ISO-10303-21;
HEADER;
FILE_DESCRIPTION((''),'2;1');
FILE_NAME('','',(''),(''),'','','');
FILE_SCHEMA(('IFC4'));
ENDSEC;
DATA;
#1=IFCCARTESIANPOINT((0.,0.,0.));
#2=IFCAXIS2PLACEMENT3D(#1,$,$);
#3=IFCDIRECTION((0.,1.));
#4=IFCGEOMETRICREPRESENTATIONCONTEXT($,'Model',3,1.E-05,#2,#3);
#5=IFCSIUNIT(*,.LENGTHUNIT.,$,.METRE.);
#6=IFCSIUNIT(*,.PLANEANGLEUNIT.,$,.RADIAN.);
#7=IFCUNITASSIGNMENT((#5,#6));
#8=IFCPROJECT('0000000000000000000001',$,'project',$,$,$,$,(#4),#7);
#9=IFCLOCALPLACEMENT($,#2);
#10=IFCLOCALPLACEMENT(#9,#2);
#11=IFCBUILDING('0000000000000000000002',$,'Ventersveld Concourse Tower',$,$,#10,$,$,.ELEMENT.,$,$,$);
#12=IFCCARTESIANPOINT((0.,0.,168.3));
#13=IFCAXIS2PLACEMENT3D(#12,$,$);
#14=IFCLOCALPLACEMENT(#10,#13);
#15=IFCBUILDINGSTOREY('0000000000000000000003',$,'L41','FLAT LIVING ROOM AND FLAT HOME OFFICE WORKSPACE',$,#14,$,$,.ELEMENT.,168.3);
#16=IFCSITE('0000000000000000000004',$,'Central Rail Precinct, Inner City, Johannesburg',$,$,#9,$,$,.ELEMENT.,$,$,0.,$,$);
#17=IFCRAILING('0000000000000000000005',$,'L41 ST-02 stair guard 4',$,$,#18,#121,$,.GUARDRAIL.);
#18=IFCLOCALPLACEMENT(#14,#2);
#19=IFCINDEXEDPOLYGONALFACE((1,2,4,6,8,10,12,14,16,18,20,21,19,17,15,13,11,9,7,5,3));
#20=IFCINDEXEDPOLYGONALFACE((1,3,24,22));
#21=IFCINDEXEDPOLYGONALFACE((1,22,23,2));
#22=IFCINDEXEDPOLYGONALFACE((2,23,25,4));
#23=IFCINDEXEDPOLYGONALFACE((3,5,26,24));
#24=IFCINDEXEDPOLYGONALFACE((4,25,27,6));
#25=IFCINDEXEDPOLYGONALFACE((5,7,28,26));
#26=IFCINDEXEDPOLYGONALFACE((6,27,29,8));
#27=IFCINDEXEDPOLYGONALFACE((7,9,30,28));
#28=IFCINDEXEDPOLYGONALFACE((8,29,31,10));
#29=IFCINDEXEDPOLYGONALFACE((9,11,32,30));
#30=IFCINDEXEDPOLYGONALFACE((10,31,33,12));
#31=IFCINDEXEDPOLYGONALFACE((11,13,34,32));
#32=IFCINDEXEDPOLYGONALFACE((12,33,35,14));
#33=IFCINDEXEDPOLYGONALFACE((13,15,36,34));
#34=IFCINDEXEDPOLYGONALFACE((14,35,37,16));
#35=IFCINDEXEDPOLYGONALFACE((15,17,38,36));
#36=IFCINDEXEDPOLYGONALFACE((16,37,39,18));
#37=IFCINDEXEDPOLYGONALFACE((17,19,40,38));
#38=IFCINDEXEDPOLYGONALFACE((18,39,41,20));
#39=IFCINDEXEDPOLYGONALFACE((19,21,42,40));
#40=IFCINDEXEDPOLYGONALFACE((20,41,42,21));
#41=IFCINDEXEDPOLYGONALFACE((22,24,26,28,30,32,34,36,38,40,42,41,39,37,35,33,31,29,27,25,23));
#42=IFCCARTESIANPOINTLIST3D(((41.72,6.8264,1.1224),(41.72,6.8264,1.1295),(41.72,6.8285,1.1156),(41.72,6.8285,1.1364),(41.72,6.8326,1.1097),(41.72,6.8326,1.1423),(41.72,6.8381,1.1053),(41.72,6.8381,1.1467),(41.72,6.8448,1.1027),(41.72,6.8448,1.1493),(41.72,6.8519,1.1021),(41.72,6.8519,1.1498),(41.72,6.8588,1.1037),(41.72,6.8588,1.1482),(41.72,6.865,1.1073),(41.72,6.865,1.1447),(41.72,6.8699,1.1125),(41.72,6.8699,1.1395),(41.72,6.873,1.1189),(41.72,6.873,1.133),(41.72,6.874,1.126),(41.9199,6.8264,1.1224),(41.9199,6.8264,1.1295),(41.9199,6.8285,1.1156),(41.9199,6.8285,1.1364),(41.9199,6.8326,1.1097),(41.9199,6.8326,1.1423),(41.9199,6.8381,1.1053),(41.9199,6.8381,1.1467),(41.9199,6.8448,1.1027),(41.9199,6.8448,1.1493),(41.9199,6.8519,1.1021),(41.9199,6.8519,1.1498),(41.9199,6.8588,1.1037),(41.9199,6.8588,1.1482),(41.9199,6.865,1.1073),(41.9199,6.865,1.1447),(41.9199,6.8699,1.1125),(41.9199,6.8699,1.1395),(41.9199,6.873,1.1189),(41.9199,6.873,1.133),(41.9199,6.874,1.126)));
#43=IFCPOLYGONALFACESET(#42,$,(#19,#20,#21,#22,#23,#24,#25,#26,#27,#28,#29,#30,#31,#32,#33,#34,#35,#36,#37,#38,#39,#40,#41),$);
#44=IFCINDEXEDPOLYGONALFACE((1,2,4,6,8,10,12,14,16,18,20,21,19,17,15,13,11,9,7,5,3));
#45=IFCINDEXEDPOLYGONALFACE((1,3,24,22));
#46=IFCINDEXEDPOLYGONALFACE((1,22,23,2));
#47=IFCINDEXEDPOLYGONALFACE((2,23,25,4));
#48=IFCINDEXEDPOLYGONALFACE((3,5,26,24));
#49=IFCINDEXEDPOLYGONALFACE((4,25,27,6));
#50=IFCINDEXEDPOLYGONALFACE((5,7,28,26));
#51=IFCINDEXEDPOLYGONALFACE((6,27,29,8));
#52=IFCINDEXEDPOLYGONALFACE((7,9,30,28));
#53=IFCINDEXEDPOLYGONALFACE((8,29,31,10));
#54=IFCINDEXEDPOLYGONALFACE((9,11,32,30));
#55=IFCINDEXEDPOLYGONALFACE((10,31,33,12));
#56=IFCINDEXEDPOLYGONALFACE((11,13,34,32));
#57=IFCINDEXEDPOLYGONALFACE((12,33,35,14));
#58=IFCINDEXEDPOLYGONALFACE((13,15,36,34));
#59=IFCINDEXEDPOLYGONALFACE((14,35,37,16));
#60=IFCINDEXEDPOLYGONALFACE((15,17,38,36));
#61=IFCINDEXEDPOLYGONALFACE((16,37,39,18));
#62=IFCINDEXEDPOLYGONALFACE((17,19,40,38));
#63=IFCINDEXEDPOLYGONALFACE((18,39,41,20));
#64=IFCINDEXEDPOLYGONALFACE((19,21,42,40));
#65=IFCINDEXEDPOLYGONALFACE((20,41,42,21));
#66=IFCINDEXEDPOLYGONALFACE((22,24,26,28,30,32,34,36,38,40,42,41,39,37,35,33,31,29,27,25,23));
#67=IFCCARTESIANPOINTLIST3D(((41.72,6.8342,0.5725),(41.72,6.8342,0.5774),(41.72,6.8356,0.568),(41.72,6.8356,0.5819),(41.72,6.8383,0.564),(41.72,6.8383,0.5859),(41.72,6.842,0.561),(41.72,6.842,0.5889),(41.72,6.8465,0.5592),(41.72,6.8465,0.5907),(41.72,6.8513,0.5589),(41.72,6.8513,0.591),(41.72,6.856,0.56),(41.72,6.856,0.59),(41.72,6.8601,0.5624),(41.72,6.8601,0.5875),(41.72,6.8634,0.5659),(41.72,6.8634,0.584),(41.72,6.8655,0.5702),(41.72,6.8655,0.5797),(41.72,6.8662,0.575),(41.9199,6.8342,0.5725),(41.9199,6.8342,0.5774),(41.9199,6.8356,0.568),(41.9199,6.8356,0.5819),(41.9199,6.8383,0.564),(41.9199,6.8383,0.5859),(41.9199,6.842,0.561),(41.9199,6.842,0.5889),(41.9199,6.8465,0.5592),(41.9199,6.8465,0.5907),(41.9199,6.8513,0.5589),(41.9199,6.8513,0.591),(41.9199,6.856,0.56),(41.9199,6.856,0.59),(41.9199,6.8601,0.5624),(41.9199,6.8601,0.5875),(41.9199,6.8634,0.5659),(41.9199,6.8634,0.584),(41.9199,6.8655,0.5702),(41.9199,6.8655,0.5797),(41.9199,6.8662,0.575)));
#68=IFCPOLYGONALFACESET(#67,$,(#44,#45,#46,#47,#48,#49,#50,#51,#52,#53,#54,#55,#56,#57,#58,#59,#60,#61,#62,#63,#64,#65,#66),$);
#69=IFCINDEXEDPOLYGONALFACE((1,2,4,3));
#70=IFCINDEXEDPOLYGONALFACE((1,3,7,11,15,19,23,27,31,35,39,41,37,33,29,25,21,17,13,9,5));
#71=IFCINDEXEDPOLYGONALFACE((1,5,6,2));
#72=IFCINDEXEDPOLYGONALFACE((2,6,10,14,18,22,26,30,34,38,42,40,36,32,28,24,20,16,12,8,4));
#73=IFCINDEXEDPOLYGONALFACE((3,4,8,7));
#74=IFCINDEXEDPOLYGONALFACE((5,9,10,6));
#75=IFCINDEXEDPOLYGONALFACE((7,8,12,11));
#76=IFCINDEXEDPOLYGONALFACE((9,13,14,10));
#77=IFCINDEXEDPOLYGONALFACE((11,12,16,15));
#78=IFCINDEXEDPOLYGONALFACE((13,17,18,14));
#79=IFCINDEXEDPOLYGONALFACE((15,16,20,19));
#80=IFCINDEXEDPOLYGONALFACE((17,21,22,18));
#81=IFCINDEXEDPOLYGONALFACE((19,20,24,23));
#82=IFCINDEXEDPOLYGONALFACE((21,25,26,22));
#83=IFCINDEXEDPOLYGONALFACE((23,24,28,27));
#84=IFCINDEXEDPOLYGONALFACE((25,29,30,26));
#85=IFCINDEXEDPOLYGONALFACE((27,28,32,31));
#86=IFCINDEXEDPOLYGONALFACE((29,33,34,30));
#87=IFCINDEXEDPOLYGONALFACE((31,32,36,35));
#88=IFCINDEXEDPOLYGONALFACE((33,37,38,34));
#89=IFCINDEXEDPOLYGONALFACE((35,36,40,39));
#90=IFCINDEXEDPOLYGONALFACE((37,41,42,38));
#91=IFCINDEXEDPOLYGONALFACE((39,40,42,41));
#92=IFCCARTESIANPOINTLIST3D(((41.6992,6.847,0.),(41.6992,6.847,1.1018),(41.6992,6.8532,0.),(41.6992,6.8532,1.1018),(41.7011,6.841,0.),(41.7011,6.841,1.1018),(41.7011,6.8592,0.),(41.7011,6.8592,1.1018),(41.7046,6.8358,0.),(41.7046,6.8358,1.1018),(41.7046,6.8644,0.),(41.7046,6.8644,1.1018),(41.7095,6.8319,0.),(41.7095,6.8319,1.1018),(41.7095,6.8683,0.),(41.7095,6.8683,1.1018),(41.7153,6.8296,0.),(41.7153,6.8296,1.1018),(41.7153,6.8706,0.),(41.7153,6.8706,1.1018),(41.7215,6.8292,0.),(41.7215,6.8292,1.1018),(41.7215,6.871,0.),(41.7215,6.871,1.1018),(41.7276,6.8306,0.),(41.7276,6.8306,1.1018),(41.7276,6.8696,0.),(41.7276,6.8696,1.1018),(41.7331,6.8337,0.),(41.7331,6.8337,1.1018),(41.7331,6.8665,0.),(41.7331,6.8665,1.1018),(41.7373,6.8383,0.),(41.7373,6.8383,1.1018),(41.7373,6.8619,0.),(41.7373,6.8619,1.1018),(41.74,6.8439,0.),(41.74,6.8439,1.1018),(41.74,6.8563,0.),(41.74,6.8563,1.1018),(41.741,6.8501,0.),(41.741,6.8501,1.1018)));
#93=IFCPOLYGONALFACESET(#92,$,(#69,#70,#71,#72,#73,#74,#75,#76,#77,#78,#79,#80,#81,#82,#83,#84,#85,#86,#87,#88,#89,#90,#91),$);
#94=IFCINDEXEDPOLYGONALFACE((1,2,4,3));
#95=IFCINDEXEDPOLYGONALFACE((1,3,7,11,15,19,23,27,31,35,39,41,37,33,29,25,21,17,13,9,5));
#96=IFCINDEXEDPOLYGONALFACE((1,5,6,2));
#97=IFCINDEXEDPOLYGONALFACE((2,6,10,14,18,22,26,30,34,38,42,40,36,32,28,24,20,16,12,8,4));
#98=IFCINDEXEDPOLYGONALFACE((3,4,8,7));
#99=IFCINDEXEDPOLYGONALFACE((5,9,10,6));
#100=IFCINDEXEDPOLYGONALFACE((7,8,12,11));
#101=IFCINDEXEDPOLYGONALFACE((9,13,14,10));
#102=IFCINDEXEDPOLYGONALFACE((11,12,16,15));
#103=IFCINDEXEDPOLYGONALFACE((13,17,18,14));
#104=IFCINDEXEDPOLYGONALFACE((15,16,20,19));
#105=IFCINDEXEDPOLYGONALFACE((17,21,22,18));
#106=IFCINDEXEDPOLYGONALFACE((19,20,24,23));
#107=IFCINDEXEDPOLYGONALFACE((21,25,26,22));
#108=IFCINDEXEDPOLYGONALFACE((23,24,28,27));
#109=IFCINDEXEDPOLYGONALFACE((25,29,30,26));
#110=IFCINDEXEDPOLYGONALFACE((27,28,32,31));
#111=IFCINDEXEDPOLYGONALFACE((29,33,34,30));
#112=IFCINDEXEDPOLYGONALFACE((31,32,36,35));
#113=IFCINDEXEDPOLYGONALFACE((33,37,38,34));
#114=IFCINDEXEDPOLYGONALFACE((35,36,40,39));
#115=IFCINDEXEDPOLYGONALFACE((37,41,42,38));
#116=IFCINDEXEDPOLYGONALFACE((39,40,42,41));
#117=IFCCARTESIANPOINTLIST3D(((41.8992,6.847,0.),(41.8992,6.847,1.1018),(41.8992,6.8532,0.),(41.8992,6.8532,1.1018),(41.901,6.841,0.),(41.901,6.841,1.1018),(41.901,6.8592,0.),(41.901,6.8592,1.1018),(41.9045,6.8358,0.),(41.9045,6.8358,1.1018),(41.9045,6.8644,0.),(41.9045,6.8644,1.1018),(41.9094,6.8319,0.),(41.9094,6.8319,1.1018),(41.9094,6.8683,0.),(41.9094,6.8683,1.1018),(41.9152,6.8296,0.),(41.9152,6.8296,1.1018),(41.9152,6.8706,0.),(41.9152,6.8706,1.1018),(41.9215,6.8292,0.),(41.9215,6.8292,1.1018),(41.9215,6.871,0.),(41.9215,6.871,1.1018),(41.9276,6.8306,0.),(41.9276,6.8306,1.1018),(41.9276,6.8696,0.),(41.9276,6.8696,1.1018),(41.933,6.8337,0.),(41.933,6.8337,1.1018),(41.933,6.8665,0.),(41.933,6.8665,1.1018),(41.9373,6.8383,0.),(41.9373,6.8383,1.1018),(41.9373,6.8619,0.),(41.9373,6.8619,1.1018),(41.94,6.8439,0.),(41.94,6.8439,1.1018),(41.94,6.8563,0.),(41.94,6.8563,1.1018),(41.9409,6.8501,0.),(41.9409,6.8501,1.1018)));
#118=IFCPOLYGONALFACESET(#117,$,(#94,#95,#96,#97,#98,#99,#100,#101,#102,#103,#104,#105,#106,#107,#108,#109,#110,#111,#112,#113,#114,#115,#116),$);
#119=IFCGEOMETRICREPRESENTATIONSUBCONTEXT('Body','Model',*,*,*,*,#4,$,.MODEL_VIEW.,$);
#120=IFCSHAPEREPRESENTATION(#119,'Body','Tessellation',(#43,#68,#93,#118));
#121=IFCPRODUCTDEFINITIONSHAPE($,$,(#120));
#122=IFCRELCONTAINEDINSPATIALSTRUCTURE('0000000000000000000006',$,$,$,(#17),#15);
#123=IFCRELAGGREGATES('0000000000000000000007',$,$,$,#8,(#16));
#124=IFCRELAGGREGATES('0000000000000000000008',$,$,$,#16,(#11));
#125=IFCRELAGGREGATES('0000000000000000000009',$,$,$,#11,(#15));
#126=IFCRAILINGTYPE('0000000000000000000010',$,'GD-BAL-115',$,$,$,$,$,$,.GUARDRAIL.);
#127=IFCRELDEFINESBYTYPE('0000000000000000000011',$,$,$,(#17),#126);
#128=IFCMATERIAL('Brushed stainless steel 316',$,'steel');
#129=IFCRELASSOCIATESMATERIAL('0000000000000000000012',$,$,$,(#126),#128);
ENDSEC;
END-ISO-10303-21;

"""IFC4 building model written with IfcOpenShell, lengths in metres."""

from ifc_helpers import new_model, si_unit, direction, frame, origin, origin_2d, place, context, subcontext, project, spatial, circle, extrude, material, type_object, element, save


model = new_model("IFC4")

# Units and contexts
model_context = context("Model", 3, precision=1e-05, world=origin(), true_north=direction((0.0, 1.0)))
body_context = subcontext(model_context, "Body", "Model", "MODEL_VIEW")
ifc_project = project(units=[si_unit("LENGTHUNIT", "METRE"), si_unit("PLANEANGLEUNIT", "RADIAN")], contexts=[model_context])

# Site, building, storey
site_placement = place(None, origin())
site = spatial("IfcSite", under=ifc_project, at=site_placement, Name="Central Rail Precinct, Inner City, Johannesburg", CompositionType="ELEMENT", RefElevation=0.0)
building_placement = place(site_placement, origin())
building = spatial("IfcBuilding", under=site, at=building_placement, Name="Ventersveld Concourse Tower", CompositionType="ELEMENT")
storey_placement = place(building_placement, frame((0.0, 0.0, 168.3)))
storey = spatial("IfcBuildingStorey", under=building, at=storey_placement, Name="L41", Description="FLAT LIVING ROOM AND FLAT HOME OFFICE WORKSPACE", CompositionType="ELEMENT", Elevation=168.3)

# Shared definitions
ifc_material_1 = material(Name="Brushed stainless steel 316", Category="steel")

# Railing
railing_type_1 = type_object("IfcRailingType", Name="GD-BAL-115", PredefinedType="GUARDRAIL", material=ifc_material_1)
railing_1_placement = place(storey_placement, frame((41.72, 6.8501, 0.0)))
element("IfcRailing", 1, at=railing_1_placement, inside=storey, type_object=railing_type_1, Name="L41 ST-02 stair guard 4", PredefinedType="GUARDRAIL", context=body_context, shape_type="SweptSolid", body=[
    extrude(circle(Radius=0.0239, at=origin_2d()), frame((0.0, 0.0, 1.126), z_axis=(1.0, 0.0, 0.0), x_axis=(0.0, 1.0, 0.0)), (0.0, 0.0, 1.0), 0.2),
    extrude(circle(Radius=0.0161, at=origin_2d()), frame((0.0, 0.0, 0.575), z_axis=(1.0, 0.0, 0.0), x_axis=(0.0, 1.0, 0.0)), (0.0, 0.0, 1.0), 0.2),
    extrude(circle(Radius=0.021, at=origin_2d()), origin(), (0.0, 0.0, 1.0), 1.1018),
    extrude(circle(Radius=0.021, at=origin_2d()), frame((0.2, 0.0, 0.0)), (0.0, 0.0, 1.0), 1.1018),
])

save(model, "model.ifc")
